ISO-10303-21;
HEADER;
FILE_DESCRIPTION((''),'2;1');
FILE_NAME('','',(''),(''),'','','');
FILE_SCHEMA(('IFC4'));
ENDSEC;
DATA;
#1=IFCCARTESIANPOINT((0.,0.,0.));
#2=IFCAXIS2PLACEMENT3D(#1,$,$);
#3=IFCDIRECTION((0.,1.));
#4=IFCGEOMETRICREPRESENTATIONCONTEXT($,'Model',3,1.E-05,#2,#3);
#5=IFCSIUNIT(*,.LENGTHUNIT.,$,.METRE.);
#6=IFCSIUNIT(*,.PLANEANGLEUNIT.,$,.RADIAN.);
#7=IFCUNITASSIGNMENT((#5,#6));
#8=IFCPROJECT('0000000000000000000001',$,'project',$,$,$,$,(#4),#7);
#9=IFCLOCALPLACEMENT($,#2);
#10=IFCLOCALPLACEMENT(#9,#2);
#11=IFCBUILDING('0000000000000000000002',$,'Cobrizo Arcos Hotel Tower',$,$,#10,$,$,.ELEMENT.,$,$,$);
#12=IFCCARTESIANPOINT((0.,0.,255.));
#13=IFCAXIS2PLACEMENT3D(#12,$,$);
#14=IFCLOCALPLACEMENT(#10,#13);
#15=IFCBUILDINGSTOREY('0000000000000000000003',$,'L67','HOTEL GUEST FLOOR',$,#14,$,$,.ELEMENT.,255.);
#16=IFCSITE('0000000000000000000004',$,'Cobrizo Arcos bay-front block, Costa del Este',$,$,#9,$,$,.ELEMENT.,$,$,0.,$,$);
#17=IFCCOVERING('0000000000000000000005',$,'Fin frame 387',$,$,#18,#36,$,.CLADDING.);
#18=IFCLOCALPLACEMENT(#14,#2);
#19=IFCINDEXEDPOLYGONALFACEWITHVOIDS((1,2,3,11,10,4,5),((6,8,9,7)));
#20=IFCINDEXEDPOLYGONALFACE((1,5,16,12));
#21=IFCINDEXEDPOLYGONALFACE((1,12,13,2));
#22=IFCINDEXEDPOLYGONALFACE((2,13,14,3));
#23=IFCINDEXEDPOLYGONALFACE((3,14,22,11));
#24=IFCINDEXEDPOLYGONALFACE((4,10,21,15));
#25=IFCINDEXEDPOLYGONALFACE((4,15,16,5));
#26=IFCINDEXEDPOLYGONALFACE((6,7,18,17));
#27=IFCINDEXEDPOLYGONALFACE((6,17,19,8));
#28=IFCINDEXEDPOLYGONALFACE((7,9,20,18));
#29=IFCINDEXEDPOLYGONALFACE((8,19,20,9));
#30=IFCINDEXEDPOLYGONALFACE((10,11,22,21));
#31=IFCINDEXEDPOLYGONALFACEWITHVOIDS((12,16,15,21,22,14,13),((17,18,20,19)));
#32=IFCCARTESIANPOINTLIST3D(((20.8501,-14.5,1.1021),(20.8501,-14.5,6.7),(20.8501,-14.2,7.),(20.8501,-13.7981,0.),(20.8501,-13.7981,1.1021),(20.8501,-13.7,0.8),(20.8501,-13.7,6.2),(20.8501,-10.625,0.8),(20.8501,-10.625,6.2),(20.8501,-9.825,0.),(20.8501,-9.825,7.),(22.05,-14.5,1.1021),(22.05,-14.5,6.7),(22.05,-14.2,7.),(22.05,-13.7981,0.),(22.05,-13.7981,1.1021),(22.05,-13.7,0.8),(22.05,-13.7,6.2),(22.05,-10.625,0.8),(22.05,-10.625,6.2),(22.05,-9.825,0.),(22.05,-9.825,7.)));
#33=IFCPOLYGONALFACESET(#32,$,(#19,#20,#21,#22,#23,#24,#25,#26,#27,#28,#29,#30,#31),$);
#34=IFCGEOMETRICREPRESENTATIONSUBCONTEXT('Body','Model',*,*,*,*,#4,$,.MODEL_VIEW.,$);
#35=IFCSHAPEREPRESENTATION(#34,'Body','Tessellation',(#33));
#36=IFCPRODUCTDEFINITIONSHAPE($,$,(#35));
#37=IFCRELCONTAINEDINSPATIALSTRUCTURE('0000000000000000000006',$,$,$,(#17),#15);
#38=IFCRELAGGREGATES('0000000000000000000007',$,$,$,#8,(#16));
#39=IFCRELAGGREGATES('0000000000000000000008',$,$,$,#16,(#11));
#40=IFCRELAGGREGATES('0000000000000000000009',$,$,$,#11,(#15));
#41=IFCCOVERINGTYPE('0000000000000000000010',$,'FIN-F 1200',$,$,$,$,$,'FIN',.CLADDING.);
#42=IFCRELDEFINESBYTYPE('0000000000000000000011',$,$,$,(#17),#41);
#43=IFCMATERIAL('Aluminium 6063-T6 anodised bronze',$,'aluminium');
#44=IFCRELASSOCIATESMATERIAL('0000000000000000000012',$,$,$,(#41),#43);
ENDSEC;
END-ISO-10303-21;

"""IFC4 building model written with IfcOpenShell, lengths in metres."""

from ifc_helpers import new_model, si_unit, direction, frame, origin, place, context, subcontext, project, spatial, polyline, outline, extrude, material, type_object, element, save


model = new_model("IFC4")

# Units and contexts
model_context = context("Model", 3, precision=1e-05, world=origin(), true_north=direction((0.0, 1.0)))
body_context = subcontext(model_context, "Body", "Model", "MODEL_VIEW")
ifc_project = project(units=[si_unit("LENGTHUNIT", "METRE"), si_unit("PLANEANGLEUNIT", "RADIAN")], contexts=[model_context])

# Site, building, storey
site_placement = place(None, origin())
site = spatial("IfcSite", under=ifc_project, at=site_placement, Name="Cobrizo Arcos bay-front block, Costa del Este", CompositionType="ELEMENT", RefElevation=0.0)
building_placement = place(site_placement, origin())
building = spatial("IfcBuilding", under=site, at=building_placement, Name="Cobrizo Arcos Hotel Tower", CompositionType="ELEMENT")
storey_placement = place(building_placement, frame((0.0, 0.0, 255.0)))
storey = spatial("IfcBuildingStorey", under=building, at=storey_placement, Name="L67", Description="HOTEL GUEST FLOOR", CompositionType="ELEMENT", Elevation=255.0)

# Shared definitions
ifc_material_1 = material(Name="Aluminium 6063-T6 anodised bronze", Category="aluminium")

# Covering
covering_type = type_object("IfcCoveringType", Name="FIN-F 1200", ElementType="FIN", PredefinedType="CLADDING", material=ifc_material_1)
covering_placement = place(storey_placement, frame((20.8501, -14.5, 0.0), z_axis=(1.0, 0.0, 0.0), x_axis=(0.0, 1.0, 0.0)))
element("IfcCovering", 1, at=covering_placement, inside=storey, type_object=covering_type, Name="Fin frame 387", PredefinedType="CLADDING", context=body_context, shape_type="SweptSolid", body=[
    extrude(outline(polyline([(0.0, 6.7), (0.0, 1.1021), (0.7019, 1.1021), (0.7019, 0.0), (4.675, 0.0), (4.675, 7.0), (0.3, 7.0), (0.0, 6.7)]), holes=[polyline([(3.875, 0.8), (0.8, 0.8), (0.8, 6.2), (3.875, 6.2), (3.875, 0.8)])]), origin(), (0.0, 0.0, 1.0), 1.2),
])

save(model, "model.ifc")
